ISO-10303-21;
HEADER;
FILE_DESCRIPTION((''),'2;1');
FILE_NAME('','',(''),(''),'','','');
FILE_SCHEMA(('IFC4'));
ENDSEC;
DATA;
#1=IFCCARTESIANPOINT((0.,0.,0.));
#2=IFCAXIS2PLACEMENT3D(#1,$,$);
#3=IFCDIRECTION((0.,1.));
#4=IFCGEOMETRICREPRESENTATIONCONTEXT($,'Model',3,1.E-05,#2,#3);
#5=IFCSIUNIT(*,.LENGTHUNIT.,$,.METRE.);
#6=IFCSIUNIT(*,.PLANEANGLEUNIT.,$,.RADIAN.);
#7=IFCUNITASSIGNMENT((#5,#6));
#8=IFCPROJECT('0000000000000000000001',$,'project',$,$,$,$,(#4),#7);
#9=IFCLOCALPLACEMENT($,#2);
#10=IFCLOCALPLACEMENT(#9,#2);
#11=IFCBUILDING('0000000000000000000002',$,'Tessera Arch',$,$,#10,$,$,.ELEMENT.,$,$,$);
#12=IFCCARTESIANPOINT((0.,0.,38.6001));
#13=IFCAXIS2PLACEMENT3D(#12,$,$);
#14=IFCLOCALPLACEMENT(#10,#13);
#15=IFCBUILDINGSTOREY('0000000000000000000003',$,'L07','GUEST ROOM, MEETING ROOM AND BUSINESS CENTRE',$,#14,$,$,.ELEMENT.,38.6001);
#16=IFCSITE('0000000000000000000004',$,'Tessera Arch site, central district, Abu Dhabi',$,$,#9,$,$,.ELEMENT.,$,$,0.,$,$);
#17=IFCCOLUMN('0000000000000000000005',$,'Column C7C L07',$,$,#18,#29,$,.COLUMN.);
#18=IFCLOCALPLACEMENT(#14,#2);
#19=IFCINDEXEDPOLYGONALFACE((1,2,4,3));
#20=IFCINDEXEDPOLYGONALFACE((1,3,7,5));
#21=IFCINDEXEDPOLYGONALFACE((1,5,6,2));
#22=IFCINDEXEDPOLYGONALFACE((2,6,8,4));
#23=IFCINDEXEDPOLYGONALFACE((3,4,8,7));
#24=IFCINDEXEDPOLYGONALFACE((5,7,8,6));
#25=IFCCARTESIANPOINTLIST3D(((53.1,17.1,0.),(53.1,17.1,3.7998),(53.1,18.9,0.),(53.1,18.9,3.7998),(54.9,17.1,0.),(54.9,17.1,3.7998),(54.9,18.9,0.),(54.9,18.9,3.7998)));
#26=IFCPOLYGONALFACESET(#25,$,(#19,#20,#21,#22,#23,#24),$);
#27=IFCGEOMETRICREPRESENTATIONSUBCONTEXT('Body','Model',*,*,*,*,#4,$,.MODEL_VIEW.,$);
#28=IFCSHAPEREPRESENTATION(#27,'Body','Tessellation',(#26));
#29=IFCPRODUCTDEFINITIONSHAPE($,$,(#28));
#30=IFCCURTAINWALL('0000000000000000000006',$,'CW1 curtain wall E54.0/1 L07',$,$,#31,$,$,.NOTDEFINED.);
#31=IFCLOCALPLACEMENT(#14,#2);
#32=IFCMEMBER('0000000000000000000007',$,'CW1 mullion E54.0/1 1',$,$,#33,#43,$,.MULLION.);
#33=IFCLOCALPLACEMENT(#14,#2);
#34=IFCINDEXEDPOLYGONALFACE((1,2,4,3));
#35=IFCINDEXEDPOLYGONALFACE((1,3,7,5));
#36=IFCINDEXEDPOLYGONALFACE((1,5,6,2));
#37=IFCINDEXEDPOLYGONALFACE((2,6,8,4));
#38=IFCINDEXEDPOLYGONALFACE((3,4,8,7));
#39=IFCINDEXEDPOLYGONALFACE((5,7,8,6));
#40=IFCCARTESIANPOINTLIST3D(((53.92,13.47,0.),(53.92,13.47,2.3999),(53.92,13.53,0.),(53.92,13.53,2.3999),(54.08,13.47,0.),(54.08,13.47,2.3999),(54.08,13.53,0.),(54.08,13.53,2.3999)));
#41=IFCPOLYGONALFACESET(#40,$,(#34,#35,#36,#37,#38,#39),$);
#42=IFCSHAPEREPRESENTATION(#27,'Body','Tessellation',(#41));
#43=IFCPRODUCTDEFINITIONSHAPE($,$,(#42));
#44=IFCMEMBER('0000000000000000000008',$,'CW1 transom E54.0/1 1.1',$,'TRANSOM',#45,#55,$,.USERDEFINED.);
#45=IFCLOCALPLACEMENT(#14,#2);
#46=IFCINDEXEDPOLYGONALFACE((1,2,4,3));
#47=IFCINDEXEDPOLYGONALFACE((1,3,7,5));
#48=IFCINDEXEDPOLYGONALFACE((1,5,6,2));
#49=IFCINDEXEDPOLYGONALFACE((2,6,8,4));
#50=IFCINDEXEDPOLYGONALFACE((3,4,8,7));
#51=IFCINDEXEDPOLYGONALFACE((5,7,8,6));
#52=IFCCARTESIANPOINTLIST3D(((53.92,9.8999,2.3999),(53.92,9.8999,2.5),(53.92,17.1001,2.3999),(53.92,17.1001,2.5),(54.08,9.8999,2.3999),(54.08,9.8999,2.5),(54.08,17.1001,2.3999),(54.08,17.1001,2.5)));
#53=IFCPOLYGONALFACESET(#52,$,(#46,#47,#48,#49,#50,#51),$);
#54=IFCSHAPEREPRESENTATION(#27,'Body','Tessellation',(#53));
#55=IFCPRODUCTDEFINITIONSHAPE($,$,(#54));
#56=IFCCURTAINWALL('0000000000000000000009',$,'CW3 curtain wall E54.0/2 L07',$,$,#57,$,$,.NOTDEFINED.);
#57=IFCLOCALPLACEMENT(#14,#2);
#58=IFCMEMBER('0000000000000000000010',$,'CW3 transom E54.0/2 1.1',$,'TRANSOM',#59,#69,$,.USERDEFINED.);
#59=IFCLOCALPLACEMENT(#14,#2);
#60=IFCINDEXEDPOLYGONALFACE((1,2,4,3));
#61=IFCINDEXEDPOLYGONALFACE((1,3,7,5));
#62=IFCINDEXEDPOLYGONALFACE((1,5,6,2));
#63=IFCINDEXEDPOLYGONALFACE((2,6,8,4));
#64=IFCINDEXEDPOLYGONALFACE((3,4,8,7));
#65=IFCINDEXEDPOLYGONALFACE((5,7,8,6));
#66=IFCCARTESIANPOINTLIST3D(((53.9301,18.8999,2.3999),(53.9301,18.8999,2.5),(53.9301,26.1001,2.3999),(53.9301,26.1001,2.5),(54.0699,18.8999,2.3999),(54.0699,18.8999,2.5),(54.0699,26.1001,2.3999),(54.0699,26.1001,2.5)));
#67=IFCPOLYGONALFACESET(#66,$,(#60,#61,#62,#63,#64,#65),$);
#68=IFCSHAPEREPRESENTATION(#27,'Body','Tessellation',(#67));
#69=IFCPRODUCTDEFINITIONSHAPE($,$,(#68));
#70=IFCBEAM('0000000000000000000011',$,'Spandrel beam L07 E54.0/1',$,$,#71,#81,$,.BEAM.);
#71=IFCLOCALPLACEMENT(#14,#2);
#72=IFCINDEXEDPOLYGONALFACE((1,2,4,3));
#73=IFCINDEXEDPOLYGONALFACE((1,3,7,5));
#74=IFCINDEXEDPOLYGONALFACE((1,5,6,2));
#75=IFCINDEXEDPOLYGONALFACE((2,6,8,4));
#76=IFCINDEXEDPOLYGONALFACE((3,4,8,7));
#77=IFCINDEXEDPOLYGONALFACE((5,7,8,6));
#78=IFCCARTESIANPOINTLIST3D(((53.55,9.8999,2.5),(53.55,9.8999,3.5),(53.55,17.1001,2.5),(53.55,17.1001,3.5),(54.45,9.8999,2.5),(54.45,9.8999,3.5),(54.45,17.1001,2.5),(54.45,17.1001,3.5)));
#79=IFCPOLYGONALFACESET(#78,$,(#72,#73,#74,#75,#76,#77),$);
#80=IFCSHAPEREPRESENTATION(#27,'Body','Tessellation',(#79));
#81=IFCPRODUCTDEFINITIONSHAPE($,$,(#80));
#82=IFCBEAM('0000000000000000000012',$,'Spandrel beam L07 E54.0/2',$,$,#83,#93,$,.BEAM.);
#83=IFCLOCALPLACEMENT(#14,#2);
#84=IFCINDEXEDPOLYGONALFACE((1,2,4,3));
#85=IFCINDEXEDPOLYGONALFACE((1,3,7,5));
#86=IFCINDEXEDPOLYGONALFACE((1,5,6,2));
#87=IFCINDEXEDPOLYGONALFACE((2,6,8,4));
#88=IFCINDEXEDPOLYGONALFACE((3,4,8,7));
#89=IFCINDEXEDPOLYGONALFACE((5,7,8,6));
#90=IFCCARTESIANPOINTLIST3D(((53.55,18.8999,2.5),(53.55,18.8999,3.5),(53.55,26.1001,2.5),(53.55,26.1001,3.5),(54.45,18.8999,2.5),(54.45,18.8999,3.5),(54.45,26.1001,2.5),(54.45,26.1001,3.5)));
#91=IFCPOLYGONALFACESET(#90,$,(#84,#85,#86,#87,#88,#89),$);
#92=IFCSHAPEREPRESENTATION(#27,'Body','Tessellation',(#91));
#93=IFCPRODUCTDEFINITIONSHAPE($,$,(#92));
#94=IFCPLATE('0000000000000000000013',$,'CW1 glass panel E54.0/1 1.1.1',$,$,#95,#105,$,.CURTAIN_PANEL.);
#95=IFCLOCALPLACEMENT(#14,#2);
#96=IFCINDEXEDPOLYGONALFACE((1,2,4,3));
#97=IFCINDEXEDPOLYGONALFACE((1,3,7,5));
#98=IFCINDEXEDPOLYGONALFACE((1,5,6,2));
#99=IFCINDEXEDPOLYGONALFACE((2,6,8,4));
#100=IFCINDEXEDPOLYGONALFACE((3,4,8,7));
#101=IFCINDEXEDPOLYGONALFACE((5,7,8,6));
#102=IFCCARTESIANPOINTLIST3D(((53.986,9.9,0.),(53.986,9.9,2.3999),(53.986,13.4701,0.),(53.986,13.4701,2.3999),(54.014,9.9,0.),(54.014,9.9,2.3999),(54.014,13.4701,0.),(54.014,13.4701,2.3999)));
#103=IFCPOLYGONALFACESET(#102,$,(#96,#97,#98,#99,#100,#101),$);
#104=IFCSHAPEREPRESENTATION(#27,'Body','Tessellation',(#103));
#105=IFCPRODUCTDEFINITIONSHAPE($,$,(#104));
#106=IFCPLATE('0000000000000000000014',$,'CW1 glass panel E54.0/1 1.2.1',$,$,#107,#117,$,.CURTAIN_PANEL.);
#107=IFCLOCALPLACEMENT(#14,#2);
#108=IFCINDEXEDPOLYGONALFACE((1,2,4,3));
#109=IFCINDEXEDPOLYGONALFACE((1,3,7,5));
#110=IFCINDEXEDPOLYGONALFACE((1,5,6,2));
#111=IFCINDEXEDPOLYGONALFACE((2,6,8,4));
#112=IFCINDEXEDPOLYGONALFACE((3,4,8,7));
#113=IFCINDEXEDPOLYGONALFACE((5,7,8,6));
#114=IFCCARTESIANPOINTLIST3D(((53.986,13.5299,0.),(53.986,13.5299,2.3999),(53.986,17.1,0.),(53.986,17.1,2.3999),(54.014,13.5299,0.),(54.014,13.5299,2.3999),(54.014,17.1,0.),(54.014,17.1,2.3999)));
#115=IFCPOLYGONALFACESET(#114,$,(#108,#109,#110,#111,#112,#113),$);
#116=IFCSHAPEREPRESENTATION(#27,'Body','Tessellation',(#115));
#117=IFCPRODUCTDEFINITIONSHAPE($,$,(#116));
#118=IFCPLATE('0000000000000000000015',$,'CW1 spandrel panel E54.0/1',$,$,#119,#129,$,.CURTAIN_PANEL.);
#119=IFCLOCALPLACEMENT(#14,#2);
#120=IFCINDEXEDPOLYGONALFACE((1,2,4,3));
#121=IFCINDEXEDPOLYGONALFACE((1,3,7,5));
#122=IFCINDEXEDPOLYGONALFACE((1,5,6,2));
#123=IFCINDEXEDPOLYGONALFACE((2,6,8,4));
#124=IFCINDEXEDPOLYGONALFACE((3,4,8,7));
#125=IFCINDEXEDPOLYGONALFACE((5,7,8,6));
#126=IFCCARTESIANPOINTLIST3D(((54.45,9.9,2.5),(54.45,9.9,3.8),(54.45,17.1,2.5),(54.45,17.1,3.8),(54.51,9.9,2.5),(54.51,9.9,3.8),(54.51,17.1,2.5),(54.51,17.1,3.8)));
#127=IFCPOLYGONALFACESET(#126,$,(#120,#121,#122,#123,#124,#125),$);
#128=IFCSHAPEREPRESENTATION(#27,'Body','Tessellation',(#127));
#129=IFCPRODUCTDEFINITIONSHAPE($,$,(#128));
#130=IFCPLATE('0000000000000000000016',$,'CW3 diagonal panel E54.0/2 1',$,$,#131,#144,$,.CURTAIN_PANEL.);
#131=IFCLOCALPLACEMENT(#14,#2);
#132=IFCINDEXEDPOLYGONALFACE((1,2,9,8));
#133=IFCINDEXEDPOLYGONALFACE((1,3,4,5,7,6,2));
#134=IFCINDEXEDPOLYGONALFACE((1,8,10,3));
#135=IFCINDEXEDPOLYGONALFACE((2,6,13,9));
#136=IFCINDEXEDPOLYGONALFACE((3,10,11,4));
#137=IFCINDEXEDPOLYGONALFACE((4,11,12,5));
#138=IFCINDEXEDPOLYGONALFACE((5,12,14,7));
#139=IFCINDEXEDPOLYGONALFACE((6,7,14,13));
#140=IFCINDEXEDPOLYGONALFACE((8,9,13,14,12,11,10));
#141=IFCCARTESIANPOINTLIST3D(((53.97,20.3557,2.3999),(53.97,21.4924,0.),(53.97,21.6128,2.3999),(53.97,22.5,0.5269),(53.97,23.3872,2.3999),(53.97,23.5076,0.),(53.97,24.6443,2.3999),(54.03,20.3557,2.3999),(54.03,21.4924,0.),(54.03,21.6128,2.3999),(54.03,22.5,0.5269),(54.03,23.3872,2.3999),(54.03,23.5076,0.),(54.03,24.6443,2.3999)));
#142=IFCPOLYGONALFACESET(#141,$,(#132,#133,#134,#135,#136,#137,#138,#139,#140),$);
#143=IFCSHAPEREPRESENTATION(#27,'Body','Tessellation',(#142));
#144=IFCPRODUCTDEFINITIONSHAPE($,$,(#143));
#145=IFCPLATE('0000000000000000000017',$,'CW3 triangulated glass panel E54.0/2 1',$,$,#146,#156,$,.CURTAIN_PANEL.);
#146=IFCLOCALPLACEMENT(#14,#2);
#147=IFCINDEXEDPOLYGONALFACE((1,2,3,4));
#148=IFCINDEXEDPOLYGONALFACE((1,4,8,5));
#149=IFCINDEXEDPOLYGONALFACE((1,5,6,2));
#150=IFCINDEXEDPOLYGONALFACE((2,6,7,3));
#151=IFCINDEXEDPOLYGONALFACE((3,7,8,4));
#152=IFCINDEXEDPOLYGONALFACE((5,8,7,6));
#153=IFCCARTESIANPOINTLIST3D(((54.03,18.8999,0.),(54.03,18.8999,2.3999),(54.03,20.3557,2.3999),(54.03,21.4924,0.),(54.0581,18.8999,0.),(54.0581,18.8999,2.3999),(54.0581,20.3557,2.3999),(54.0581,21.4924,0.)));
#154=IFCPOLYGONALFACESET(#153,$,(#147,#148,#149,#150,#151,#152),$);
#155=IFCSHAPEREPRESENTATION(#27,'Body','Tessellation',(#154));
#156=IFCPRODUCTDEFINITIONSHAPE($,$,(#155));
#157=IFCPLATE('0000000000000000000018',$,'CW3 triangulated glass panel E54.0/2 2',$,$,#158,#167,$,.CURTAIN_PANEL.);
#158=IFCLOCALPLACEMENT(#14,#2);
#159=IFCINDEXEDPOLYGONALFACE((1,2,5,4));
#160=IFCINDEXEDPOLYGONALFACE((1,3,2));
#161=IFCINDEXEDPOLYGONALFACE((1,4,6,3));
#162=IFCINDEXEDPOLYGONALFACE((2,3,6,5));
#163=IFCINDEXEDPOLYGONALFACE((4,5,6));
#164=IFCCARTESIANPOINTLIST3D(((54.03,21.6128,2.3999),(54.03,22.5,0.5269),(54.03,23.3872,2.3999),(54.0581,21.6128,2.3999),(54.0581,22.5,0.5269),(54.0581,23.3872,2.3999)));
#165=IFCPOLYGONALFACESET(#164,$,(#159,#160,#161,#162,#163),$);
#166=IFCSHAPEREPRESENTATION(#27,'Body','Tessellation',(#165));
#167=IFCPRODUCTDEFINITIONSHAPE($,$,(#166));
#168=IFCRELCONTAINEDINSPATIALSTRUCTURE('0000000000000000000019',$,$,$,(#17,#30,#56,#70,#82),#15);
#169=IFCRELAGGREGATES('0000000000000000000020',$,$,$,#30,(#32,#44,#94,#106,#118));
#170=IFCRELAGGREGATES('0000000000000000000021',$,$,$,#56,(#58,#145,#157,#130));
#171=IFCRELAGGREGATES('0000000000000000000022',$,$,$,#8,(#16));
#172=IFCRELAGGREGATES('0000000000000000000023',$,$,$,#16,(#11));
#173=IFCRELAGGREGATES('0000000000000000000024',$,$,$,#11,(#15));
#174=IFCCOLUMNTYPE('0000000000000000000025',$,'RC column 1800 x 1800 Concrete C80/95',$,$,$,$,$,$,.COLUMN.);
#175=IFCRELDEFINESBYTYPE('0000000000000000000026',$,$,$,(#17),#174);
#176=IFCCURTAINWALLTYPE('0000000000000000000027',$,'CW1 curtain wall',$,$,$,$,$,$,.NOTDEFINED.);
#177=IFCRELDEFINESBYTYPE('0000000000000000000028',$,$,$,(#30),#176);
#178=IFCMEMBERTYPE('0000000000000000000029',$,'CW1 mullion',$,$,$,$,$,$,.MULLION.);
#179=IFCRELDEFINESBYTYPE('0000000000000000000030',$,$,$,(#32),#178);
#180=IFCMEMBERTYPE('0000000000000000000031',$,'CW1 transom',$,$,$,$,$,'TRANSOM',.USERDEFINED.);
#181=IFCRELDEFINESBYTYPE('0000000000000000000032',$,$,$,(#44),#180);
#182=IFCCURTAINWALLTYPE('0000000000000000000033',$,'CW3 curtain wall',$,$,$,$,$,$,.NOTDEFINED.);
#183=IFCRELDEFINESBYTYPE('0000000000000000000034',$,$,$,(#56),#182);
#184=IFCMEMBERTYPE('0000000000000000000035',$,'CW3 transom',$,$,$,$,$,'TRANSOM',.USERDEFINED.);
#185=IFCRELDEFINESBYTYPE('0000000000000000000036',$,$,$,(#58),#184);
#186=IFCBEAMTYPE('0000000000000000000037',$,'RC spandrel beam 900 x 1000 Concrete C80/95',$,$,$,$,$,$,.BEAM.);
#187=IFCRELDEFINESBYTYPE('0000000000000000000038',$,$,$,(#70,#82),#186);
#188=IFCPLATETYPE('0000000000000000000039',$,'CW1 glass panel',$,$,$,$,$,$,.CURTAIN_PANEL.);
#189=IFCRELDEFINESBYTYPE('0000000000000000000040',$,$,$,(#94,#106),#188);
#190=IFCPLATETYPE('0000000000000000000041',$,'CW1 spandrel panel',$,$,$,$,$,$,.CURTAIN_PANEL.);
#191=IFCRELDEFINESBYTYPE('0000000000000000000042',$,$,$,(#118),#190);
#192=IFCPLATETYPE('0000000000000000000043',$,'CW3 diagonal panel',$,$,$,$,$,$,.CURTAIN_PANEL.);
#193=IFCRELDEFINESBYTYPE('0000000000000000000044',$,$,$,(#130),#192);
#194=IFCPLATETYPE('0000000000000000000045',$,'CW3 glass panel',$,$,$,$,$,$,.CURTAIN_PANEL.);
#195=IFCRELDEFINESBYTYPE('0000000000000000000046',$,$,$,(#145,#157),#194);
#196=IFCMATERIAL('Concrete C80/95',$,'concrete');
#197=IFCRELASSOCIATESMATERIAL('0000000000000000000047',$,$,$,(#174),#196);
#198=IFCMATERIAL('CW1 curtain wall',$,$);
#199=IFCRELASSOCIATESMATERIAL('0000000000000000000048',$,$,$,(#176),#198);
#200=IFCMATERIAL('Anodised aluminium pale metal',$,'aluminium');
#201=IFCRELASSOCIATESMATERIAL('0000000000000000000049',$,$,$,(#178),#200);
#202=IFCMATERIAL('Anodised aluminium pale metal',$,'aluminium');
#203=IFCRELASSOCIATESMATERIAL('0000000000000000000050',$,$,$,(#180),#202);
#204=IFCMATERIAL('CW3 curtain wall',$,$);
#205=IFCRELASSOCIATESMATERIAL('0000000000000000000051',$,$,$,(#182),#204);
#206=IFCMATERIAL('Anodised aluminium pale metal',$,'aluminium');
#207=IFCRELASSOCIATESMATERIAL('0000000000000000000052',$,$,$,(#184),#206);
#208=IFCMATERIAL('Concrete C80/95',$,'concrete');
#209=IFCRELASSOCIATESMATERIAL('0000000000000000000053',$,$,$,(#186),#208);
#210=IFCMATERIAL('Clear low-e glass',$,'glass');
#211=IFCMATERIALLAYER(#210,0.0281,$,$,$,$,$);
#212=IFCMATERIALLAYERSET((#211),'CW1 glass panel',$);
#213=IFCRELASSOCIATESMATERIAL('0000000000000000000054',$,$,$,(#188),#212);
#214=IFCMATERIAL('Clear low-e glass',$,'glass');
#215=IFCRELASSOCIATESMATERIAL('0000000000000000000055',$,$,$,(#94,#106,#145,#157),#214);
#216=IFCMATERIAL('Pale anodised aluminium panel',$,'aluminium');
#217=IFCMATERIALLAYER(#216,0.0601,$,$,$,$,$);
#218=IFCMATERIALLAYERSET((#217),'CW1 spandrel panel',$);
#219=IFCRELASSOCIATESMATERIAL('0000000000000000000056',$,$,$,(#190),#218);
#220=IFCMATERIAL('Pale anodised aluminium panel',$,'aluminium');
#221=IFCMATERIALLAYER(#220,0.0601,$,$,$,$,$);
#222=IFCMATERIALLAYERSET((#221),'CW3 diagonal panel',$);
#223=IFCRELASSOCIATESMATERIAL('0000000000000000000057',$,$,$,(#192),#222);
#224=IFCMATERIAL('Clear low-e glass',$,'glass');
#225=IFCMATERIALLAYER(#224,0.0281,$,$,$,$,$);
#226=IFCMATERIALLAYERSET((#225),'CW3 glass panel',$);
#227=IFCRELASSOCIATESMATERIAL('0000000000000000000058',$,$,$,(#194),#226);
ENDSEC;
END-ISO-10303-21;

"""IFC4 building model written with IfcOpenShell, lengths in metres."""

from ifc_helpers import new_model, si_unit, direction, frame, origin, origin_2d, place, context, subcontext, project, spatial, polyline, rectangle, outline, extrude, material, layer, layer_set, material_profile, profile_set, type_object, element, aggregate, save


model = new_model("IFC4")

# Units and contexts
model_context = context("Model", 3, precision=1e-05, world=origin(), true_north=direction((0.0, 1.0)))
body_context = subcontext(model_context, "Body", "Model", "MODEL_VIEW")
ifc_project = project(units=[si_unit("LENGTHUNIT", "METRE"), si_unit("PLANEANGLEUNIT", "RADIAN")], contexts=[model_context])

# Site, building, storey
site_placement = place(None, origin())
site = spatial("IfcSite", under=ifc_project, at=site_placement, Name="Tessera Arch site, central district, Abu Dhabi", CompositionType="ELEMENT", RefElevation=0.0)
building_placement = place(site_placement, origin())
building = spatial("IfcBuilding", under=site, at=building_placement, Name="Tessera Arch", CompositionType="ELEMENT")
storey_placement = place(building_placement, frame((0.0, 0.0, 38.6001)))
storey = spatial("IfcBuildingStorey", under=building, at=storey_placement, Name="L07", Description="GUEST ROOM, MEETING ROOM AND BUSINESS CENTRE", CompositionType="ELEMENT", Elevation=38.6001)

# Column
ifc_material_1 = material(Name="Concrete C80/95", Category="concrete")
ifc_material_profile_1 = material_profile(ifc_material_1, rectangle(XDim=1.8, YDim=1.8, at=origin_2d()), Name="RC column 1800 x 1800 Concrete C80/95")
ifc_profile_set_1 = profile_set([ifc_material_profile_1], Name="Concrete C80/95")
column_type = type_object("IfcColumnType", Name="RC column 1800 x 1800 Concrete C80/95", PredefinedType="COLUMN", material=ifc_profile_set_1)
column_placement = place(storey_placement, frame((54.0, 18.0, 0.0), z_axis=(0.0, 0.0, 1.0), x_axis=(1.0, 0.0, 0.0)))
element("IfcColumn", 1, at=column_placement, inside=storey, type_object=column_type, Name="Column C7C L07", PredefinedType="COLUMN", context=body_context, shape_type="SweptSolid", body=[
    extrude(rectangle(XDim=1.8, YDim=1.8, at=origin_2d()), origin(), (0.0, 0.0, 1.0), 3.7998),
])

# Curtain wall, members
ifc_material_2 = material(Name="CW1 curtain wall")
curtain_wall_type_1 = type_object("IfcCurtainWallType", Name="CW1 curtain wall", PredefinedType="NOTDEFINED", material=ifc_material_2)
curtain_wall_1_placement = place(storey_placement, origin())
curtain_wall_1 = element("IfcCurtainWall", 2, at=curtain_wall_1_placement, inside=storey, type_object=curtain_wall_type_1, Name="CW1 curtain wall E54.0/1 L07", PredefinedType="NOTDEFINED")
ifc_material_3 = material(Name="Anodised aluminium pale metal", Category="aluminium")
ifc_material_profile_2 = material_profile(ifc_material_3, rectangle(XDim=0.1599, YDim=0.0601, at=origin_2d()), Name="AL 60x160")
ifc_profile_set_2 = profile_set([ifc_material_profile_2], Name="Anodised aluminium pale metal")
member_type_1 = type_object("IfcMemberType", Name="CW1 mullion", PredefinedType="MULLION", material=ifc_profile_set_2)
member_1_placement = place(storey_placement, frame((54.0, 13.5, 0.0), z_axis=(0.0, 0.0, 1.0), x_axis=(-1.0, 0.0, 0.0)))
member_1 = element("IfcMember", 3, at=member_1_placement, type_object=member_type_1, Name="CW1 mullion E54.0/1 1", PredefinedType="MULLION", context=body_context, shape_type="SweptSolid", body=[
    extrude(rectangle(XDim=0.1599, YDim=0.0601, at=origin_2d()), origin(), (0.0, 0.0, 1.0), 2.3999),
])
ifc_material_4 = material(Name="Anodised aluminium pale metal", Category="aluminium")
ifc_material_profile_3 = material_profile(ifc_material_4, rectangle(XDim=0.1599, YDim=0.1001, at=origin_2d()), Name="AL 160x100")
ifc_profile_set_3 = profile_set([ifc_material_profile_3], Name="Anodised aluminium pale metal")
member_type_2 = type_object("IfcMemberType", Name="CW1 transom", ElementType="TRANSOM", PredefinedType="USERDEFINED", material=ifc_profile_set_3)
member_2_placement = place(storey_placement, frame((54.0, 9.8999, 2.45), z_axis=(0.0, 1.0, 0.0), x_axis=(-1.0, 0.0, 0.0)))
member_2 = element("IfcMember", 4, at=member_2_placement, type_object=member_type_2, Name="CW1 transom E54.0/1 1.1", ObjectType="TRANSOM", PredefinedType="USERDEFINED", context=body_context, shape_type="SweptSolid", body=[
    extrude(rectangle(XDim=0.1599, YDim=0.1001, at=origin_2d()), origin(), (0.0, 0.0, 1.0), 7.2002),
])

# Curtain wall, member
ifc_material_5 = material(Name="CW3 curtain wall")
curtain_wall_type_2 = type_object("IfcCurtainWallType", Name="CW3 curtain wall", PredefinedType="NOTDEFINED", material=ifc_material_5)
curtain_wall_2_placement = place(storey_placement, origin())
curtain_wall_2 = element("IfcCurtainWall", 5, at=curtain_wall_2_placement, inside=storey, type_object=curtain_wall_type_2, Name="CW3 curtain wall E54.0/2 L07", PredefinedType="NOTDEFINED")
ifc_material_6 = material(Name="Anodised aluminium pale metal", Category="aluminium")
ifc_material_profile_4 = material_profile(ifc_material_6, rectangle(XDim=0.1399, YDim=0.1001, at=origin_2d()), Name="AL 140x100")
ifc_profile_set_4 = profile_set([ifc_material_profile_4], Name="Anodised aluminium pale metal")
member_type_3 = type_object("IfcMemberType", Name="CW3 transom", ElementType="TRANSOM", PredefinedType="USERDEFINED", material=ifc_profile_set_4)
member_3_placement = place(storey_placement, frame((54.0, 18.8999, 2.45), z_axis=(0.0, 1.0, 0.0), x_axis=(-1.0, 0.0, 0.0)))
member_3 = element("IfcMember", 6, at=member_3_placement, type_object=member_type_3, Name="CW3 transom E54.0/2 1.1", ObjectType="TRANSOM", PredefinedType="USERDEFINED", context=body_context, shape_type="SweptSolid", body=[
    extrude(rectangle(XDim=0.1399, YDim=0.1001, at=origin_2d()), origin(), (0.0, 0.0, 1.0), 7.2002),
])

# Beams
ifc_material_7 = material(Name="Concrete C80/95", Category="concrete")
ifc_material_profile_5 = material_profile(ifc_material_7, rectangle(XDim=0.8999, YDim=1.0, at=origin_2d()), Name="RC spandrel beam 900 x 1000 Concrete C80/95")
ifc_profile_set_5 = profile_set([ifc_material_profile_5], Name="Concrete C80/95")
beam_type = type_object("IfcBeamType", Name="RC spandrel beam 900 x 1000 Concrete C80/95", PredefinedType="BEAM", material=ifc_profile_set_5)
for number, where, z_axis, x_axis, name in (
    (7, (54.0, 9.8999, 3.0), (0.0, 1.0, 0.0), (-1.0, 0.0, 0.0), "Spandrel beam L07 E54.0/1"),
    (8, (54.0, 18.8999, 3.0), (0.0, 1.0, 0.0), (-1.0, 0.0, 0.0), "Spandrel beam L07 E54.0/2"),
):
    element("IfcBeam", number, at=place(storey_placement, frame(where, z_axis=z_axis, x_axis=x_axis)), inside=storey, type_object=beam_type, Name=name, PredefinedType="BEAM", context=body_context, shape_type="SweptSolid", body=[
        extrude(rectangle(XDim=0.8999, YDim=1.0, at=origin_2d()), origin(), (0.0, 0.0, 1.0), 7.2002),
    ])

# Plates
ifc_material_8 = material(Name="Clear low-e glass", Category="glass")
ifc_material_9 = material(Name="Clear low-e glass", Category="glass")
ifc_layer_1 = layer(ifc_material_9, 0.0281)
ifc_layer_set_1 = layer_set([ifc_layer_1], Name="CW1 glass panel")
plate_type_1 = type_object("IfcPlateType", Name="CW1 glass panel", PredefinedType="CURTAIN_PANEL", material=ifc_layer_set_1)
plate_1_placement = place(storey_placement, frame((54.0, 11.6851, 0.0), z_axis=(0.0, 0.0, 1.0), x_axis=(0.0, 1.0, 0.0)))
plate_1 = element("IfcPlate", 9, at=plate_1_placement, type_object=plate_type_1, material=ifc_material_8, Name="CW1 glass panel E54.0/1 1.1.1", PredefinedType="CURTAIN_PANEL", context=body_context, shape_type="SweptSolid", body=[
    extrude(rectangle(XDim=3.5701, YDim=0.0281, at=origin_2d()), origin(), (0.0, 0.0, 1.0), 2.3999),
])
plate_2_placement = place(storey_placement, frame((54.0, 15.3149, 0.0), z_axis=(0.0, 0.0, 1.0), x_axis=(0.0, 1.0, 0.0)))
plate_2 = element("IfcPlate", 10, at=plate_2_placement, type_object=plate_type_1, material=ifc_material_8, Name="CW1 glass panel E54.0/1 1.2.1", PredefinedType="CURTAIN_PANEL", context=body_context, shape_type="SweptSolid", body=[
    extrude(rectangle(XDim=3.5701, YDim=0.0281, at=origin_2d()), origin(), (0.0, 0.0, 1.0), 2.3999),
])
ifc_material_10 = material(Name="Pale anodised aluminium panel", Category="aluminium")
ifc_layer_2 = layer(ifc_material_10, 0.0601)
ifc_layer_set_2 = layer_set([ifc_layer_2], Name="CW1 spandrel panel")
plate_type_2 = type_object("IfcPlateType", Name="CW1 spandrel panel", PredefinedType="CURTAIN_PANEL", material=ifc_layer_set_2)
plate_3_placement = place(storey_placement, frame((54.48, 13.5, 2.5), z_axis=(0.0, 0.0, 1.0), x_axis=(0.0, 1.0, 0.0)))
plate_3 = element("IfcPlate", 11, at=plate_3_placement, type_object=plate_type_2, Name="CW1 spandrel panel E54.0/1", PredefinedType="CURTAIN_PANEL", context=body_context, shape_type="SweptSolid", body=[
    extrude(rectangle(XDim=7.2, YDim=0.0601, at=origin_2d()), origin(), (0.0, 0.0, 1.0), 1.3),
])
aggregate(curtain_wall_1, [member_1, member_2, plate_1, plate_2, plate_3])
ifc_material_11 = material(Name="Pale anodised aluminium panel", Category="aluminium")
ifc_layer_3 = layer(ifc_material_11, 0.0601)
ifc_layer_set_3 = layer_set([ifc_layer_3], Name="CW3 diagonal panel")
plate_type_3 = type_object("IfcPlateType", Name="CW3 diagonal panel", PredefinedType="CURTAIN_PANEL", material=ifc_layer_set_3)
plate_4_placement = place(storey_placement, frame((54.03, 24.6443, 2.3999), z_axis=(1.0, 0.0, 0.0), x_axis=(0.0, -1.0, 0.0)))
plate_4 = element("IfcPlate", 12, at=plate_4_placement, type_object=plate_type_3, Name="CW3 diagonal panel E54.0/2 1", PredefinedType="CURTAIN_PANEL", context=body_context, shape_type="SweptSolid", body=[
    extrude(outline(polyline([(0.0, 0.0), (1.2571, 0.0), (2.1443, 1.873), (3.0315, 0.0), (4.2886, 0.0), (3.1519, 2.3999), (1.1367, 2.3999), (0.0, 0.0)])), origin(), (0.0, 0.0, -1.0), 0.0601),
])
ifc_material_12 = material(Name="Clear low-e glass", Category="glass")
ifc_layer_4 = layer(ifc_material_12, 0.0281)
ifc_layer_set_4 = layer_set([ifc_layer_4], Name="CW3 glass panel")
plate_type_4 = type_object("IfcPlateType", Name="CW3 glass panel", PredefinedType="CURTAIN_PANEL", material=ifc_layer_set_4)
plate_5_placement = place(storey_placement, frame((54.0581, 18.8999, 0.0), z_axis=(1.0, 0.0, 0.0), x_axis=(0.0, 1.0, 0.0)))
plate_5 = element("IfcPlate", 13, at=plate_5_placement, type_object=plate_type_4, material=ifc_material_8, Name="CW3 triangulated glass panel E54.0/2 1", PredefinedType="CURTAIN_PANEL", context=body_context, shape_type="SweptSolid", body=[
    extrude(outline(polyline([(0.0, 0.0), (2.5925, 0.0), (1.4558, 2.3999), (0.0, 2.3999), (0.0, 0.0)])), origin(), (0.0, 0.0, -1.0), 0.0281),
])
plate_6_placement = place(storey_placement, frame((54.0581, 23.3872, 2.3999), z_axis=(1.0, 0.0, 0.0), x_axis=(0.0, -1.0, 0.0)))
plate_6 = element("IfcPlate", 14, at=plate_6_placement, type_object=plate_type_4, material=ifc_material_8, Name="CW3 triangulated glass panel E54.0/2 2", PredefinedType="CURTAIN_PANEL", context=body_context, shape_type="SweptSolid", body=[
    extrude(outline(polyline([(0.0, 0.0), (1.7744, 0.0), (0.8872, 1.873), (0.0, 0.0)])), origin(), (0.0, 0.0, -1.0), 0.0281),
])
aggregate(curtain_wall_2, [member_3, plate_5, plate_6, plate_4])

save(model, "model.ifc")
